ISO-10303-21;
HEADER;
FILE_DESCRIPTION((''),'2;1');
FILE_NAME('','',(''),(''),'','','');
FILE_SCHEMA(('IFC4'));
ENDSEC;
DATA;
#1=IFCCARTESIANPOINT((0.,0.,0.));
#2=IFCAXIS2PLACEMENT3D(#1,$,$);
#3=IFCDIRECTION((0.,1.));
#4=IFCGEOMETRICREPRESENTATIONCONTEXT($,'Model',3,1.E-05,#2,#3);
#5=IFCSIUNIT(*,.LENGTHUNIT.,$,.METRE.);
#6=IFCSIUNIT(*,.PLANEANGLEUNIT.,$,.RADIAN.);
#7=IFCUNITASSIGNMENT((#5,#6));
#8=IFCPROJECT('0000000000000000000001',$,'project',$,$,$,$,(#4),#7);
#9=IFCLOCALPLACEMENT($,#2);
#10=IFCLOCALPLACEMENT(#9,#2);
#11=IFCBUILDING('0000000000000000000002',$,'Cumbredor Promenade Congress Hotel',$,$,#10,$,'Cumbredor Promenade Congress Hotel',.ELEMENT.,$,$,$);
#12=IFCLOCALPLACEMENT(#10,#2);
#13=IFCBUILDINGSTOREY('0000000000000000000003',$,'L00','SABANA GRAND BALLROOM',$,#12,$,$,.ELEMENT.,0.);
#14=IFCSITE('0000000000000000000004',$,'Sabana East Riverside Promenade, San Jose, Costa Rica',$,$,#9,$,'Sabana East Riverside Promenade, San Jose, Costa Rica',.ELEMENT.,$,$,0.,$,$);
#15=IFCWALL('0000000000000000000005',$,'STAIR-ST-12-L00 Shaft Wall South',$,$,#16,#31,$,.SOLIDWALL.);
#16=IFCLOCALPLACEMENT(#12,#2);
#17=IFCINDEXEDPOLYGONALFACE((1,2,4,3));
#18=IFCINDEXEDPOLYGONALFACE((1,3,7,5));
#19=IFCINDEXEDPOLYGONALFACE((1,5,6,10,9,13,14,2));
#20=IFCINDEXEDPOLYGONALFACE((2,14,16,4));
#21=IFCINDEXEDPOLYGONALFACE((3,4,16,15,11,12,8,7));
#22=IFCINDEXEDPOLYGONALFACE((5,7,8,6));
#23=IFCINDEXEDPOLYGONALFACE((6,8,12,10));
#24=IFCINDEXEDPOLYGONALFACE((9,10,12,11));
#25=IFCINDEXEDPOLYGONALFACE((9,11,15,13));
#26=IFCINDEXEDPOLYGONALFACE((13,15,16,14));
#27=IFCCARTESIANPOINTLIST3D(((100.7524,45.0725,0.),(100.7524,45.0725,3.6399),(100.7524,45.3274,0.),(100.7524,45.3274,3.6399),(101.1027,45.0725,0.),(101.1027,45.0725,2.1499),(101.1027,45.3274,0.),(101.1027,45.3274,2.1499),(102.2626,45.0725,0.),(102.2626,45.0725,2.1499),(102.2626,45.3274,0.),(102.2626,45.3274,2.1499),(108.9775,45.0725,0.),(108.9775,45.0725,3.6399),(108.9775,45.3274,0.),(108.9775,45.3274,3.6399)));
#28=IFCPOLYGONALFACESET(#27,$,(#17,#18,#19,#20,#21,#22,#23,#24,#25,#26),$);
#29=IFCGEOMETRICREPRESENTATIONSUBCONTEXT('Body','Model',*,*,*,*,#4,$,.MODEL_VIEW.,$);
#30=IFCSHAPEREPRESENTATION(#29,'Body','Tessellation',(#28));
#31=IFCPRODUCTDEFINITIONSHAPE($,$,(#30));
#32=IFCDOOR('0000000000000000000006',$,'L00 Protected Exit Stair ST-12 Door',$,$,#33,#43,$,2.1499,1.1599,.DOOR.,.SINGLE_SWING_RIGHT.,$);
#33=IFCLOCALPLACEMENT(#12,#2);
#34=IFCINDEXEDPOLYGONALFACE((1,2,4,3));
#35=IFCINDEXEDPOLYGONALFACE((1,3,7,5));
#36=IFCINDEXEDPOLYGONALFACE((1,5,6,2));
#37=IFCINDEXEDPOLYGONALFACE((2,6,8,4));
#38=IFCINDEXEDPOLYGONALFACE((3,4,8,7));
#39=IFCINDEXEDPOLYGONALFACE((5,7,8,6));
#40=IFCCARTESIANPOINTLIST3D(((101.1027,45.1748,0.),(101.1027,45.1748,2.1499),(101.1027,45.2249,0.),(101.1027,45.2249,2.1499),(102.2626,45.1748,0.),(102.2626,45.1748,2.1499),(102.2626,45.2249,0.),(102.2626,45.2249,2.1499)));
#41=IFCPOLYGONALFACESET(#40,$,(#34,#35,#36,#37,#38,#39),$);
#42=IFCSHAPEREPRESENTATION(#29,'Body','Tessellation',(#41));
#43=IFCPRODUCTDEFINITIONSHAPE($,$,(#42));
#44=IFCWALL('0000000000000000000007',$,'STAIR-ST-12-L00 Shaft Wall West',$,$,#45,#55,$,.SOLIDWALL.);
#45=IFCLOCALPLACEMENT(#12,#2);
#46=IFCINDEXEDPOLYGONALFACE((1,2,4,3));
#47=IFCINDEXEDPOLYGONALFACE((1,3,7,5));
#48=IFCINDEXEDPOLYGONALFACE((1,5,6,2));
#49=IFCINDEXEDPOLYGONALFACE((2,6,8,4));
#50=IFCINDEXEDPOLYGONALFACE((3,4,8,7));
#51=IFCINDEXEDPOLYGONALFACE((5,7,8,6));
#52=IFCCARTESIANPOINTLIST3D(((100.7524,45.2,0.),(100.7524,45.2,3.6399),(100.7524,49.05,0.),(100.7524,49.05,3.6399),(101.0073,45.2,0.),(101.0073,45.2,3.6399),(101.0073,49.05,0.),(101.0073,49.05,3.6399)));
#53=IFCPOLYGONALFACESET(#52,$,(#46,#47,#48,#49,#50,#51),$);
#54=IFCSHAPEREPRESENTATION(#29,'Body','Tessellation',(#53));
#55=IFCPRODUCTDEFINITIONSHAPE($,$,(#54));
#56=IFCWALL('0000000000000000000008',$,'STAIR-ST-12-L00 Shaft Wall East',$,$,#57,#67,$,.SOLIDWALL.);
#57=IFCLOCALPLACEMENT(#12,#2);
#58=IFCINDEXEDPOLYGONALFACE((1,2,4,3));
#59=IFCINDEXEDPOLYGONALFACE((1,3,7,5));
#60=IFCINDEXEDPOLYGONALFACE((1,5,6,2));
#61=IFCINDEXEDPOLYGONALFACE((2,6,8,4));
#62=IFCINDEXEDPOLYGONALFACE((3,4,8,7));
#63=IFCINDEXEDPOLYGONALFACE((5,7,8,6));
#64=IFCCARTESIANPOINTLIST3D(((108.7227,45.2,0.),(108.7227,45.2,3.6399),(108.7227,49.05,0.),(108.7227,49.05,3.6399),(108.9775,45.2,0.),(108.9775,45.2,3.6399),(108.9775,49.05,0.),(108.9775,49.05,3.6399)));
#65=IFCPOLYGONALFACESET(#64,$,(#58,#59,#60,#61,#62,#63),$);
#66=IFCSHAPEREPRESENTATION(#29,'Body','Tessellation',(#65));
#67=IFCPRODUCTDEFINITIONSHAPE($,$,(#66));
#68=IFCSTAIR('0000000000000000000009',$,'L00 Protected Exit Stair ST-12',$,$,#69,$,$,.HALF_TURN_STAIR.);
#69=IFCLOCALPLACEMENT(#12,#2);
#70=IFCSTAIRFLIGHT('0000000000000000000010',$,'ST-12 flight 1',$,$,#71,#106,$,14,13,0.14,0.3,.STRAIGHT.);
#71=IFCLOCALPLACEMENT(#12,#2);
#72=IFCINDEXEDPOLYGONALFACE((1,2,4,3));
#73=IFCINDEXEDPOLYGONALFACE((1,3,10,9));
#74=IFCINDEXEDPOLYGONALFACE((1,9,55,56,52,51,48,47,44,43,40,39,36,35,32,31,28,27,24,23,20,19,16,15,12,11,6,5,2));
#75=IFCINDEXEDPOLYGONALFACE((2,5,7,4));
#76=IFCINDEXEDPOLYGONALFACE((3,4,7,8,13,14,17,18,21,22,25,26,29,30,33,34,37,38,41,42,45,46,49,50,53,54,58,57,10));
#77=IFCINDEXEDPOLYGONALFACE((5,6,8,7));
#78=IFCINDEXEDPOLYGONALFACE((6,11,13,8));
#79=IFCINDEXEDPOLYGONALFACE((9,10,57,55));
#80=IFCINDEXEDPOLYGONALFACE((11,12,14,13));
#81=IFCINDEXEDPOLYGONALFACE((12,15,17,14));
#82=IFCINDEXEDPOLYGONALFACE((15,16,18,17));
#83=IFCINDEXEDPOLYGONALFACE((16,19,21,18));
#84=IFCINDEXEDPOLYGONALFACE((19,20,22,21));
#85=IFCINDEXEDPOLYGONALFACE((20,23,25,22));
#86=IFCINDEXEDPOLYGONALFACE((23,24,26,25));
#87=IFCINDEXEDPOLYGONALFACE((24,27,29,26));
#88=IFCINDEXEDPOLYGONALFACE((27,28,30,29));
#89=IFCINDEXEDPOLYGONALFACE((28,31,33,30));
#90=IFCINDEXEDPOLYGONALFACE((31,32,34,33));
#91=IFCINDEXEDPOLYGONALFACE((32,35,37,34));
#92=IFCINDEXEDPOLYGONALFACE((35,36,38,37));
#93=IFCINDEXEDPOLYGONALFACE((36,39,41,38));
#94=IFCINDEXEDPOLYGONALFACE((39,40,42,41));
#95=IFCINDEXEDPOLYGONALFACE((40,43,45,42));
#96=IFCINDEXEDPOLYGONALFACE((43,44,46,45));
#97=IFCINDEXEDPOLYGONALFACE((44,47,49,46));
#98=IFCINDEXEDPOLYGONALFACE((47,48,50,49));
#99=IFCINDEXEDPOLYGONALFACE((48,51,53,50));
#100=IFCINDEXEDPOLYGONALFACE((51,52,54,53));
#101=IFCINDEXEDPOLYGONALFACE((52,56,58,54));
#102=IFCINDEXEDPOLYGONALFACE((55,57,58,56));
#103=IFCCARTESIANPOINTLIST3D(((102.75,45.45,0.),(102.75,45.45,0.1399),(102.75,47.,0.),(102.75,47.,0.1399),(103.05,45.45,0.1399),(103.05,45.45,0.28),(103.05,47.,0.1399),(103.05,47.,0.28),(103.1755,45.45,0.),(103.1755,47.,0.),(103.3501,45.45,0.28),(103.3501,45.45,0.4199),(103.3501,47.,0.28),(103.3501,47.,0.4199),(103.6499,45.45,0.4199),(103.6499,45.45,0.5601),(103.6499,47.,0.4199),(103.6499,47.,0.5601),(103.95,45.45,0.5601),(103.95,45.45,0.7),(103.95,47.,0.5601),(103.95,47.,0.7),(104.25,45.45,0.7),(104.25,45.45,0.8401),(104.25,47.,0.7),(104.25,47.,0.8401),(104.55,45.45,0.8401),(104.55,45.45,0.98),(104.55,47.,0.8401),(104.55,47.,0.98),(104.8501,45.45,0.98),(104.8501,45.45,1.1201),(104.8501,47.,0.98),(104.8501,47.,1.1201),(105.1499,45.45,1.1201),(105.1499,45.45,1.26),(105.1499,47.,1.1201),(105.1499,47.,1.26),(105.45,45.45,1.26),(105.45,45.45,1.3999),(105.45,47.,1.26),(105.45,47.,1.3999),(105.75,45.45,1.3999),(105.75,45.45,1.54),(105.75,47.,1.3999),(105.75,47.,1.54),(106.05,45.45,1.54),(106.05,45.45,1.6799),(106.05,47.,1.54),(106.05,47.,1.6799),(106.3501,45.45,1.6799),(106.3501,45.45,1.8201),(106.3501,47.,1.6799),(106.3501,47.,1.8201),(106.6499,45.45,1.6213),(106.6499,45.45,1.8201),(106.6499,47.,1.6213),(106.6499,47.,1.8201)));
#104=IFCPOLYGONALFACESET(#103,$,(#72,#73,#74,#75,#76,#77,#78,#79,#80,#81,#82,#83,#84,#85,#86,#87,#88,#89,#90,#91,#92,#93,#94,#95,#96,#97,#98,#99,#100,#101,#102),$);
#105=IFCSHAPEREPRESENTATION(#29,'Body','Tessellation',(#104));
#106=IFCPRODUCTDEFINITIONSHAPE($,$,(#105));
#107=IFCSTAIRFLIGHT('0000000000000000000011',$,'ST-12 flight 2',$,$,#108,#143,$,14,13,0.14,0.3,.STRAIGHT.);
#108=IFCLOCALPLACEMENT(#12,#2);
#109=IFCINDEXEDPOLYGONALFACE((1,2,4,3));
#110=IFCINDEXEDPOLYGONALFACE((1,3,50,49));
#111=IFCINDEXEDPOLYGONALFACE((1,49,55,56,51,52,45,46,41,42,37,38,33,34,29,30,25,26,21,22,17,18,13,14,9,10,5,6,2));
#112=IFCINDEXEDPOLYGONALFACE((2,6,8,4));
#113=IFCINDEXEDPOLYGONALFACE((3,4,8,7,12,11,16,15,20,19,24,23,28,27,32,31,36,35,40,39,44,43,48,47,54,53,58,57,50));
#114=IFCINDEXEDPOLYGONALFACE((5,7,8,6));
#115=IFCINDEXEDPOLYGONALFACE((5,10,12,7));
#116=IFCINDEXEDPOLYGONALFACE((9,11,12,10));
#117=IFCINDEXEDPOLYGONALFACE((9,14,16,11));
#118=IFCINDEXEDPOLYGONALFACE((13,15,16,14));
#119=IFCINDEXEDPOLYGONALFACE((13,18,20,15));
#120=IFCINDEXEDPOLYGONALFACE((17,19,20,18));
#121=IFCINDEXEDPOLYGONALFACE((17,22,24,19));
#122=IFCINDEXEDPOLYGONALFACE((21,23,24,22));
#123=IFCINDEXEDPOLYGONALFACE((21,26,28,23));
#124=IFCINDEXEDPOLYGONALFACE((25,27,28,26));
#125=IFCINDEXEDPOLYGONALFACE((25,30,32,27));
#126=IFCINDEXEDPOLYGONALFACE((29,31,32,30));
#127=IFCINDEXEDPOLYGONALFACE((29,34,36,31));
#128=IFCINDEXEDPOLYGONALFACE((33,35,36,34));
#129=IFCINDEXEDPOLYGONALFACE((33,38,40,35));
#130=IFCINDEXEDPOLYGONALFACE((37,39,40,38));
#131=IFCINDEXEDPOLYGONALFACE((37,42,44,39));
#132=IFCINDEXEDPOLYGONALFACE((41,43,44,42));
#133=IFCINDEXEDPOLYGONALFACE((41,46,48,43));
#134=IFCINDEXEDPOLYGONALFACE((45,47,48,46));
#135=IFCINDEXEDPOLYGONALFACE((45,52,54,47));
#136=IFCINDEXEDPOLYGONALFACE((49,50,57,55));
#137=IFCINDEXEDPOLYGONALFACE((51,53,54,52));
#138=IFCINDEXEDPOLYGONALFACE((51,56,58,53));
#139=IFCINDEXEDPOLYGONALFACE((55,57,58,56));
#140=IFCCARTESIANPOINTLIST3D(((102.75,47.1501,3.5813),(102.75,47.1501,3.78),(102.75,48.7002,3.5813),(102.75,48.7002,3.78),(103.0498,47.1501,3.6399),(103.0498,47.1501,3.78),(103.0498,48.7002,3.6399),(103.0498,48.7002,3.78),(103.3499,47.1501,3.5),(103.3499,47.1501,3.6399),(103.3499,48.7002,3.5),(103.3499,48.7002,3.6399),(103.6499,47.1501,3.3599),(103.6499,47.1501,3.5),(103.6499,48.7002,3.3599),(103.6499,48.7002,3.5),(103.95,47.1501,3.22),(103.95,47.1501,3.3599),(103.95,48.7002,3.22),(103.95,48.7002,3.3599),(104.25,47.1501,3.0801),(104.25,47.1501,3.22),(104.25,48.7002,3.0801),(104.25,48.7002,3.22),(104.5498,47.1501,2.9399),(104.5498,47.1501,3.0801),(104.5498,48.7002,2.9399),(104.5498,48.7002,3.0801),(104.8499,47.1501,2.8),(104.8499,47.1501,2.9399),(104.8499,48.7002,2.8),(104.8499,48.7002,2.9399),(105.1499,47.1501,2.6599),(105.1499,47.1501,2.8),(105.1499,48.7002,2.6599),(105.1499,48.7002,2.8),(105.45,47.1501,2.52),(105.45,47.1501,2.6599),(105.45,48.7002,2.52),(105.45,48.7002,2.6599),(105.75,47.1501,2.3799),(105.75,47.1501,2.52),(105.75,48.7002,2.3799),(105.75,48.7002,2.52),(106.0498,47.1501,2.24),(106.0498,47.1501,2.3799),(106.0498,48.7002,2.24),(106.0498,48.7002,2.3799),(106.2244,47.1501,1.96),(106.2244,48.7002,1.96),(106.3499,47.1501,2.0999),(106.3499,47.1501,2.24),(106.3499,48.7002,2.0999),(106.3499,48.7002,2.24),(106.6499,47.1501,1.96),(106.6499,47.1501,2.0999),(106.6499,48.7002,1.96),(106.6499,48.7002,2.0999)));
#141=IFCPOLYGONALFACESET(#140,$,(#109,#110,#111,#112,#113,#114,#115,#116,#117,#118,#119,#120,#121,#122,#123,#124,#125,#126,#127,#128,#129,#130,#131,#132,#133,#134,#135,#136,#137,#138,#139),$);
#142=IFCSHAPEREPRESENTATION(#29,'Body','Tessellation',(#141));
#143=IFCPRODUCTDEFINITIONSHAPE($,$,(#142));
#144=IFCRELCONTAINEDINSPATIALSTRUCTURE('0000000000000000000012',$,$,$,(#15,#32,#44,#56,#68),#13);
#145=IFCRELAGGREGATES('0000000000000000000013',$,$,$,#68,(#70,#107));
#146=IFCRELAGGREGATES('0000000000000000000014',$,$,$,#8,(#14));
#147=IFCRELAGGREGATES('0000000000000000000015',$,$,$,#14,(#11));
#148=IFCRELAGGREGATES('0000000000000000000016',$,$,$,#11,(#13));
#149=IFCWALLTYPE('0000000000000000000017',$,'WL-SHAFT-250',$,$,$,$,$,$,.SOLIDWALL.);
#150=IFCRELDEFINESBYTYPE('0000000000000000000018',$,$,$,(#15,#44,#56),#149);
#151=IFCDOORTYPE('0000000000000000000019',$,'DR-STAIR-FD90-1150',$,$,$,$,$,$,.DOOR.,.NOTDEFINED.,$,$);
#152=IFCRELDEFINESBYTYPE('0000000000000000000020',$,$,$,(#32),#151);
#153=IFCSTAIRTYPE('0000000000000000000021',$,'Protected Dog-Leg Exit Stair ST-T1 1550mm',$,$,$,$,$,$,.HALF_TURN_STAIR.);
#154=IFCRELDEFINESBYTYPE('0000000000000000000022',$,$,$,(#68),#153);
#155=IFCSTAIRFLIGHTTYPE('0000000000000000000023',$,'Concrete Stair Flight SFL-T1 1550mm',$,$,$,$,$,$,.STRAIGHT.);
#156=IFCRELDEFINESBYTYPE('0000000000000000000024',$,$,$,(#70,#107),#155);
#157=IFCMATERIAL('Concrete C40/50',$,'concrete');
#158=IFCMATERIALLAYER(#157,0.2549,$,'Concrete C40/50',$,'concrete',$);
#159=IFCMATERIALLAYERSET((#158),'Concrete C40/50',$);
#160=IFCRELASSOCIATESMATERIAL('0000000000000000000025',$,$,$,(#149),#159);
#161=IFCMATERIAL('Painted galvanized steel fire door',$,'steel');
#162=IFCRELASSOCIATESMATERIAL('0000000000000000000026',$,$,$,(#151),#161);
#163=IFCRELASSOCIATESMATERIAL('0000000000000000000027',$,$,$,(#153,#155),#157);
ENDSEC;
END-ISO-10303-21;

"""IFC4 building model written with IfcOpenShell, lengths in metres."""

from ifc_helpers import new_model, si_unit, direction, frame, frame_2d, origin, place, context, subcontext, project, spatial, polyline, rectangle, outline, extrude, material, layer, layer_set, type_object, element, fill, aggregate, save


model = new_model("IFC4")

# Units and contexts
model_context = context("Model", 3, precision=1e-05, world=origin(), true_north=direction((0.0, 1.0)))
body_context = subcontext(model_context, "Body", "Model", "MODEL_VIEW")
ifc_project = project(units=[si_unit("LENGTHUNIT", "METRE"), si_unit("PLANEANGLEUNIT", "RADIAN")], contexts=[model_context])

# Site, building, storey
site_placement = place(None, origin())
site = spatial("IfcSite", under=ifc_project, at=site_placement, Name="Sabana East Riverside Promenade, San Jose, Costa Rica", LongName="Sabana East Riverside Promenade, San Jose, Costa Rica", CompositionType="ELEMENT", RefElevation=0.0)
building_placement = place(site_placement, origin())
building = spatial("IfcBuilding", under=site, at=building_placement, Name="Cumbredor Promenade Congress Hotel", LongName="Cumbredor Promenade Congress Hotel", CompositionType="ELEMENT")
storey_placement = place(building_placement, origin())
storey = spatial("IfcBuildingStorey", under=building, at=storey_placement, Name="L00", Description="SABANA GRAND BALLROOM", CompositionType="ELEMENT", Elevation=0.0)

# Shared definitions
ifc_material_1 = material(Name="Concrete C40/50", Category="concrete")

# Wall, opening, door
ifc_layer_1 = layer(ifc_material_1, 0.2549, Name="Concrete C40/50", Category="concrete")
ifc_layer_set_1 = layer_set([ifc_layer_1], Name="Concrete C40/50")
wall_type_1 = type_object("IfcWallType", Name="WL-SHAFT-250", PredefinedType="SOLIDWALL", material=ifc_layer_set_1)
wall_1_placement = place(storey_placement, frame((100.7524, 45.2, 0.0), z_axis=(0.0, 0.0, 1.0), x_axis=(1.0, 0.0, 0.0)))
wall_1 = element("IfcWall", 1, at=wall_1_placement, inside=storey, type_object=wall_type_1, Name="STAIR-ST-12-L00 Shaft Wall South", PredefinedType="SOLIDWALL", context=body_context, shape_type="SweptSolid", body=[
    extrude(rectangle(XDim=8.2251, YDim=0.2549, at=frame_2d((4.1125, 0.0))), origin(), (0.0, 0.0, 1.0), 3.6399),
])
opening_placement = place(wall_1_placement, frame((0.3501, 0.0, 0.0)))
opening = element("IfcOpeningElement", 2, at=opening_placement, cuts=wall_1, PredefinedType="OPENING", context=body_context, shape_type="SweptSolid", body=[
    extrude(rectangle(XDim=1.1599, YDim=2.1499, at=frame_2d((0.5801, 1.075))), frame((0.0, 0.1375, 0.0), z_axis=(0.0, -1.0, 0.0), x_axis=(1.0, 0.0, 0.0)), (0.0, 0.0, 1.0), 0.2749),
])
ifc_material_2 = material(Name="Painted galvanized steel fire door", Category="steel")
door_type = type_object("IfcDoorType", Name="DR-STAIR-FD90-1150", OperationType="NOTDEFINED", PredefinedType="DOOR", material=ifc_material_2)
door_placement = place(opening_placement, origin())
door = element("IfcDoor", 3, at=door_placement, inside=storey, type_object=door_type, Name="L00 Protected Exit Stair ST-12 Door", OperationType="SINGLE_SWING_RIGHT", OverallHeight=2.1499, OverallWidth=1.1599, PredefinedType="DOOR", context=body_context, shape_type="SweptSolid", body=[
    extrude(rectangle(XDim=1.1599, YDim=2.1499, at=frame_2d((0.5801, 1.075))), frame((0.0, 0.0249, 0.0), z_axis=(0.0, -1.0, 0.0), x_axis=(1.0, 0.0, 0.0)), (0.0, 0.0, 1.0), 0.05),
])
fill(opening, door)

# Walls
for number, where, z_axis, x_axis, name in (
    (4, (100.8799, 45.2, 0.0), (0.0, 0.0, 1.0), (0.0, 1.0, 0.0), "STAIR-ST-12-L00 Shaft Wall West"),
    (5, (108.8501, 45.2, 0.0), (0.0, 0.0, 1.0), (0.0, 1.0, 0.0), "STAIR-ST-12-L00 Shaft Wall East"),
):
    element("IfcWall", number, at=place(storey_placement, frame(where, z_axis=z_axis, x_axis=x_axis)), inside=storey, type_object=wall_type_1, Name=name, PredefinedType="SOLIDWALL", context=body_context, shape_type="SweptSolid", body=[
        extrude(rectangle(XDim=3.8501, YDim=0.2549, at=frame_2d((1.925, 0.0))), origin(), (0.0, 0.0, 1.0), 3.6399),
    ])

# Stair, stair flights
stair_type = type_object("IfcStairType", Name="Protected Dog-Leg Exit Stair ST-T1 1550mm", PredefinedType="HALF_TURN_STAIR", material=ifc_material_1)
stair_placement = place(storey_placement, origin())
stair = element("IfcStair", 6, at=stair_placement, inside=storey, type_object=stair_type, Name="L00 Protected Exit Stair ST-12", PredefinedType="HALF_TURN_STAIR")
stair_flight_type = type_object("IfcStairFlightType", Name="Concrete Stair Flight SFL-T1 1550mm", PredefinedType="STRAIGHT", material=ifc_material_1)
stair_flight_1_placement = place(storey_placement, frame((102.75, 46.2251, 0.0), z_axis=(0.0, 0.0, 1.0), x_axis=(1.0, 0.0, 0.0)))
stair_flight_1 = element("IfcStairFlight", 7, at=stair_flight_1_placement, type_object=stair_flight_type, Name="ST-12 flight 1", NumberOfRisers=14, NumberOfTreads=13, PredefinedType="STRAIGHT", RiserHeight=0.14, TreadLength=0.3, context=body_context, shape_type="SweptSolid", body=[
    extrude(outline(polyline([(0.0, 0.0), (0.0, 0.1399), (0.3, 0.1399), (0.3, 0.28), (0.6001, 0.28), (0.6001, 0.4199), (0.8999, 0.4199), (0.8999, 0.5601), (1.2, 0.5601), (1.2, 0.7), (1.5, 0.7), (1.5, 0.8401), (1.8, 0.8401), (1.8, 0.98), (2.1001, 0.98), (2.1001, 1.1201), (2.3999, 1.1201), (2.3999, 1.26), (2.7, 1.26), (2.7, 1.3999), (3.0, 1.3999), (3.0, 1.54), (3.3, 1.54), (3.3, 1.6799), (3.6001, 1.6799), (3.6001, 1.8201), (3.8999, 1.8201), (3.8999, 1.96), (3.8999, 1.6213), (0.4255, 0.0), (0.0, 0.0)])), frame((0.0, 0.7749, 0.0), z_axis=(0.0, -1.0, 0.0), x_axis=(1.0, 0.0, 0.0)), (0.0, 0.0, 1.0), 1.55),
])
stair_flight_2_placement = place(storey_placement, frame((106.6499, 47.925, 1.96), z_axis=(0.0, 0.0, 1.0), x_axis=(-1.0, 0.0, 0.0)))
stair_flight_2 = element("IfcStairFlight", 8, at=stair_flight_2_placement, type_object=stair_flight_type, Name="ST-12 flight 2", NumberOfRisers=14, NumberOfTreads=13, PredefinedType="STRAIGHT", RiserHeight=0.14, TreadLength=0.3, context=body_context, shape_type="SweptSolid", body=[
    extrude(outline(polyline([(0.0, 0.0), (0.0, 0.1399), (0.3, 0.1399), (0.3, 0.28), (0.6001, 0.28), (0.6001, 0.4199), (0.8999, 0.4199), (0.8999, 0.5601), (1.2, 0.5601), (1.2, 0.7), (1.5, 0.7), (1.5, 0.8401), (1.8, 0.8401), (1.8, 0.98), (2.1001, 0.98), (2.1001, 1.1201), (2.3999, 1.1201), (2.3999, 1.26), (2.7, 1.26), (2.7, 1.3999), (3.0, 1.3999), (3.0, 1.54), (3.3, 1.54), (3.3, 1.6799), (3.6001, 1.6799), (3.6001, 1.8201), (3.8999, 1.8201), (3.8999, 1.96), (3.8999, 1.6213), (0.4255, 0.0), (0.0, 0.0)])), frame((0.0, 0.7749, 0.0), z_axis=(0.0, -1.0, 0.0), x_axis=(1.0, 0.0, 0.0)), (0.0, 0.0, 1.0), 1.55),
])
aggregate(stair, [stair_flight_1, stair_flight_2])

save(model, "model.ifc")
